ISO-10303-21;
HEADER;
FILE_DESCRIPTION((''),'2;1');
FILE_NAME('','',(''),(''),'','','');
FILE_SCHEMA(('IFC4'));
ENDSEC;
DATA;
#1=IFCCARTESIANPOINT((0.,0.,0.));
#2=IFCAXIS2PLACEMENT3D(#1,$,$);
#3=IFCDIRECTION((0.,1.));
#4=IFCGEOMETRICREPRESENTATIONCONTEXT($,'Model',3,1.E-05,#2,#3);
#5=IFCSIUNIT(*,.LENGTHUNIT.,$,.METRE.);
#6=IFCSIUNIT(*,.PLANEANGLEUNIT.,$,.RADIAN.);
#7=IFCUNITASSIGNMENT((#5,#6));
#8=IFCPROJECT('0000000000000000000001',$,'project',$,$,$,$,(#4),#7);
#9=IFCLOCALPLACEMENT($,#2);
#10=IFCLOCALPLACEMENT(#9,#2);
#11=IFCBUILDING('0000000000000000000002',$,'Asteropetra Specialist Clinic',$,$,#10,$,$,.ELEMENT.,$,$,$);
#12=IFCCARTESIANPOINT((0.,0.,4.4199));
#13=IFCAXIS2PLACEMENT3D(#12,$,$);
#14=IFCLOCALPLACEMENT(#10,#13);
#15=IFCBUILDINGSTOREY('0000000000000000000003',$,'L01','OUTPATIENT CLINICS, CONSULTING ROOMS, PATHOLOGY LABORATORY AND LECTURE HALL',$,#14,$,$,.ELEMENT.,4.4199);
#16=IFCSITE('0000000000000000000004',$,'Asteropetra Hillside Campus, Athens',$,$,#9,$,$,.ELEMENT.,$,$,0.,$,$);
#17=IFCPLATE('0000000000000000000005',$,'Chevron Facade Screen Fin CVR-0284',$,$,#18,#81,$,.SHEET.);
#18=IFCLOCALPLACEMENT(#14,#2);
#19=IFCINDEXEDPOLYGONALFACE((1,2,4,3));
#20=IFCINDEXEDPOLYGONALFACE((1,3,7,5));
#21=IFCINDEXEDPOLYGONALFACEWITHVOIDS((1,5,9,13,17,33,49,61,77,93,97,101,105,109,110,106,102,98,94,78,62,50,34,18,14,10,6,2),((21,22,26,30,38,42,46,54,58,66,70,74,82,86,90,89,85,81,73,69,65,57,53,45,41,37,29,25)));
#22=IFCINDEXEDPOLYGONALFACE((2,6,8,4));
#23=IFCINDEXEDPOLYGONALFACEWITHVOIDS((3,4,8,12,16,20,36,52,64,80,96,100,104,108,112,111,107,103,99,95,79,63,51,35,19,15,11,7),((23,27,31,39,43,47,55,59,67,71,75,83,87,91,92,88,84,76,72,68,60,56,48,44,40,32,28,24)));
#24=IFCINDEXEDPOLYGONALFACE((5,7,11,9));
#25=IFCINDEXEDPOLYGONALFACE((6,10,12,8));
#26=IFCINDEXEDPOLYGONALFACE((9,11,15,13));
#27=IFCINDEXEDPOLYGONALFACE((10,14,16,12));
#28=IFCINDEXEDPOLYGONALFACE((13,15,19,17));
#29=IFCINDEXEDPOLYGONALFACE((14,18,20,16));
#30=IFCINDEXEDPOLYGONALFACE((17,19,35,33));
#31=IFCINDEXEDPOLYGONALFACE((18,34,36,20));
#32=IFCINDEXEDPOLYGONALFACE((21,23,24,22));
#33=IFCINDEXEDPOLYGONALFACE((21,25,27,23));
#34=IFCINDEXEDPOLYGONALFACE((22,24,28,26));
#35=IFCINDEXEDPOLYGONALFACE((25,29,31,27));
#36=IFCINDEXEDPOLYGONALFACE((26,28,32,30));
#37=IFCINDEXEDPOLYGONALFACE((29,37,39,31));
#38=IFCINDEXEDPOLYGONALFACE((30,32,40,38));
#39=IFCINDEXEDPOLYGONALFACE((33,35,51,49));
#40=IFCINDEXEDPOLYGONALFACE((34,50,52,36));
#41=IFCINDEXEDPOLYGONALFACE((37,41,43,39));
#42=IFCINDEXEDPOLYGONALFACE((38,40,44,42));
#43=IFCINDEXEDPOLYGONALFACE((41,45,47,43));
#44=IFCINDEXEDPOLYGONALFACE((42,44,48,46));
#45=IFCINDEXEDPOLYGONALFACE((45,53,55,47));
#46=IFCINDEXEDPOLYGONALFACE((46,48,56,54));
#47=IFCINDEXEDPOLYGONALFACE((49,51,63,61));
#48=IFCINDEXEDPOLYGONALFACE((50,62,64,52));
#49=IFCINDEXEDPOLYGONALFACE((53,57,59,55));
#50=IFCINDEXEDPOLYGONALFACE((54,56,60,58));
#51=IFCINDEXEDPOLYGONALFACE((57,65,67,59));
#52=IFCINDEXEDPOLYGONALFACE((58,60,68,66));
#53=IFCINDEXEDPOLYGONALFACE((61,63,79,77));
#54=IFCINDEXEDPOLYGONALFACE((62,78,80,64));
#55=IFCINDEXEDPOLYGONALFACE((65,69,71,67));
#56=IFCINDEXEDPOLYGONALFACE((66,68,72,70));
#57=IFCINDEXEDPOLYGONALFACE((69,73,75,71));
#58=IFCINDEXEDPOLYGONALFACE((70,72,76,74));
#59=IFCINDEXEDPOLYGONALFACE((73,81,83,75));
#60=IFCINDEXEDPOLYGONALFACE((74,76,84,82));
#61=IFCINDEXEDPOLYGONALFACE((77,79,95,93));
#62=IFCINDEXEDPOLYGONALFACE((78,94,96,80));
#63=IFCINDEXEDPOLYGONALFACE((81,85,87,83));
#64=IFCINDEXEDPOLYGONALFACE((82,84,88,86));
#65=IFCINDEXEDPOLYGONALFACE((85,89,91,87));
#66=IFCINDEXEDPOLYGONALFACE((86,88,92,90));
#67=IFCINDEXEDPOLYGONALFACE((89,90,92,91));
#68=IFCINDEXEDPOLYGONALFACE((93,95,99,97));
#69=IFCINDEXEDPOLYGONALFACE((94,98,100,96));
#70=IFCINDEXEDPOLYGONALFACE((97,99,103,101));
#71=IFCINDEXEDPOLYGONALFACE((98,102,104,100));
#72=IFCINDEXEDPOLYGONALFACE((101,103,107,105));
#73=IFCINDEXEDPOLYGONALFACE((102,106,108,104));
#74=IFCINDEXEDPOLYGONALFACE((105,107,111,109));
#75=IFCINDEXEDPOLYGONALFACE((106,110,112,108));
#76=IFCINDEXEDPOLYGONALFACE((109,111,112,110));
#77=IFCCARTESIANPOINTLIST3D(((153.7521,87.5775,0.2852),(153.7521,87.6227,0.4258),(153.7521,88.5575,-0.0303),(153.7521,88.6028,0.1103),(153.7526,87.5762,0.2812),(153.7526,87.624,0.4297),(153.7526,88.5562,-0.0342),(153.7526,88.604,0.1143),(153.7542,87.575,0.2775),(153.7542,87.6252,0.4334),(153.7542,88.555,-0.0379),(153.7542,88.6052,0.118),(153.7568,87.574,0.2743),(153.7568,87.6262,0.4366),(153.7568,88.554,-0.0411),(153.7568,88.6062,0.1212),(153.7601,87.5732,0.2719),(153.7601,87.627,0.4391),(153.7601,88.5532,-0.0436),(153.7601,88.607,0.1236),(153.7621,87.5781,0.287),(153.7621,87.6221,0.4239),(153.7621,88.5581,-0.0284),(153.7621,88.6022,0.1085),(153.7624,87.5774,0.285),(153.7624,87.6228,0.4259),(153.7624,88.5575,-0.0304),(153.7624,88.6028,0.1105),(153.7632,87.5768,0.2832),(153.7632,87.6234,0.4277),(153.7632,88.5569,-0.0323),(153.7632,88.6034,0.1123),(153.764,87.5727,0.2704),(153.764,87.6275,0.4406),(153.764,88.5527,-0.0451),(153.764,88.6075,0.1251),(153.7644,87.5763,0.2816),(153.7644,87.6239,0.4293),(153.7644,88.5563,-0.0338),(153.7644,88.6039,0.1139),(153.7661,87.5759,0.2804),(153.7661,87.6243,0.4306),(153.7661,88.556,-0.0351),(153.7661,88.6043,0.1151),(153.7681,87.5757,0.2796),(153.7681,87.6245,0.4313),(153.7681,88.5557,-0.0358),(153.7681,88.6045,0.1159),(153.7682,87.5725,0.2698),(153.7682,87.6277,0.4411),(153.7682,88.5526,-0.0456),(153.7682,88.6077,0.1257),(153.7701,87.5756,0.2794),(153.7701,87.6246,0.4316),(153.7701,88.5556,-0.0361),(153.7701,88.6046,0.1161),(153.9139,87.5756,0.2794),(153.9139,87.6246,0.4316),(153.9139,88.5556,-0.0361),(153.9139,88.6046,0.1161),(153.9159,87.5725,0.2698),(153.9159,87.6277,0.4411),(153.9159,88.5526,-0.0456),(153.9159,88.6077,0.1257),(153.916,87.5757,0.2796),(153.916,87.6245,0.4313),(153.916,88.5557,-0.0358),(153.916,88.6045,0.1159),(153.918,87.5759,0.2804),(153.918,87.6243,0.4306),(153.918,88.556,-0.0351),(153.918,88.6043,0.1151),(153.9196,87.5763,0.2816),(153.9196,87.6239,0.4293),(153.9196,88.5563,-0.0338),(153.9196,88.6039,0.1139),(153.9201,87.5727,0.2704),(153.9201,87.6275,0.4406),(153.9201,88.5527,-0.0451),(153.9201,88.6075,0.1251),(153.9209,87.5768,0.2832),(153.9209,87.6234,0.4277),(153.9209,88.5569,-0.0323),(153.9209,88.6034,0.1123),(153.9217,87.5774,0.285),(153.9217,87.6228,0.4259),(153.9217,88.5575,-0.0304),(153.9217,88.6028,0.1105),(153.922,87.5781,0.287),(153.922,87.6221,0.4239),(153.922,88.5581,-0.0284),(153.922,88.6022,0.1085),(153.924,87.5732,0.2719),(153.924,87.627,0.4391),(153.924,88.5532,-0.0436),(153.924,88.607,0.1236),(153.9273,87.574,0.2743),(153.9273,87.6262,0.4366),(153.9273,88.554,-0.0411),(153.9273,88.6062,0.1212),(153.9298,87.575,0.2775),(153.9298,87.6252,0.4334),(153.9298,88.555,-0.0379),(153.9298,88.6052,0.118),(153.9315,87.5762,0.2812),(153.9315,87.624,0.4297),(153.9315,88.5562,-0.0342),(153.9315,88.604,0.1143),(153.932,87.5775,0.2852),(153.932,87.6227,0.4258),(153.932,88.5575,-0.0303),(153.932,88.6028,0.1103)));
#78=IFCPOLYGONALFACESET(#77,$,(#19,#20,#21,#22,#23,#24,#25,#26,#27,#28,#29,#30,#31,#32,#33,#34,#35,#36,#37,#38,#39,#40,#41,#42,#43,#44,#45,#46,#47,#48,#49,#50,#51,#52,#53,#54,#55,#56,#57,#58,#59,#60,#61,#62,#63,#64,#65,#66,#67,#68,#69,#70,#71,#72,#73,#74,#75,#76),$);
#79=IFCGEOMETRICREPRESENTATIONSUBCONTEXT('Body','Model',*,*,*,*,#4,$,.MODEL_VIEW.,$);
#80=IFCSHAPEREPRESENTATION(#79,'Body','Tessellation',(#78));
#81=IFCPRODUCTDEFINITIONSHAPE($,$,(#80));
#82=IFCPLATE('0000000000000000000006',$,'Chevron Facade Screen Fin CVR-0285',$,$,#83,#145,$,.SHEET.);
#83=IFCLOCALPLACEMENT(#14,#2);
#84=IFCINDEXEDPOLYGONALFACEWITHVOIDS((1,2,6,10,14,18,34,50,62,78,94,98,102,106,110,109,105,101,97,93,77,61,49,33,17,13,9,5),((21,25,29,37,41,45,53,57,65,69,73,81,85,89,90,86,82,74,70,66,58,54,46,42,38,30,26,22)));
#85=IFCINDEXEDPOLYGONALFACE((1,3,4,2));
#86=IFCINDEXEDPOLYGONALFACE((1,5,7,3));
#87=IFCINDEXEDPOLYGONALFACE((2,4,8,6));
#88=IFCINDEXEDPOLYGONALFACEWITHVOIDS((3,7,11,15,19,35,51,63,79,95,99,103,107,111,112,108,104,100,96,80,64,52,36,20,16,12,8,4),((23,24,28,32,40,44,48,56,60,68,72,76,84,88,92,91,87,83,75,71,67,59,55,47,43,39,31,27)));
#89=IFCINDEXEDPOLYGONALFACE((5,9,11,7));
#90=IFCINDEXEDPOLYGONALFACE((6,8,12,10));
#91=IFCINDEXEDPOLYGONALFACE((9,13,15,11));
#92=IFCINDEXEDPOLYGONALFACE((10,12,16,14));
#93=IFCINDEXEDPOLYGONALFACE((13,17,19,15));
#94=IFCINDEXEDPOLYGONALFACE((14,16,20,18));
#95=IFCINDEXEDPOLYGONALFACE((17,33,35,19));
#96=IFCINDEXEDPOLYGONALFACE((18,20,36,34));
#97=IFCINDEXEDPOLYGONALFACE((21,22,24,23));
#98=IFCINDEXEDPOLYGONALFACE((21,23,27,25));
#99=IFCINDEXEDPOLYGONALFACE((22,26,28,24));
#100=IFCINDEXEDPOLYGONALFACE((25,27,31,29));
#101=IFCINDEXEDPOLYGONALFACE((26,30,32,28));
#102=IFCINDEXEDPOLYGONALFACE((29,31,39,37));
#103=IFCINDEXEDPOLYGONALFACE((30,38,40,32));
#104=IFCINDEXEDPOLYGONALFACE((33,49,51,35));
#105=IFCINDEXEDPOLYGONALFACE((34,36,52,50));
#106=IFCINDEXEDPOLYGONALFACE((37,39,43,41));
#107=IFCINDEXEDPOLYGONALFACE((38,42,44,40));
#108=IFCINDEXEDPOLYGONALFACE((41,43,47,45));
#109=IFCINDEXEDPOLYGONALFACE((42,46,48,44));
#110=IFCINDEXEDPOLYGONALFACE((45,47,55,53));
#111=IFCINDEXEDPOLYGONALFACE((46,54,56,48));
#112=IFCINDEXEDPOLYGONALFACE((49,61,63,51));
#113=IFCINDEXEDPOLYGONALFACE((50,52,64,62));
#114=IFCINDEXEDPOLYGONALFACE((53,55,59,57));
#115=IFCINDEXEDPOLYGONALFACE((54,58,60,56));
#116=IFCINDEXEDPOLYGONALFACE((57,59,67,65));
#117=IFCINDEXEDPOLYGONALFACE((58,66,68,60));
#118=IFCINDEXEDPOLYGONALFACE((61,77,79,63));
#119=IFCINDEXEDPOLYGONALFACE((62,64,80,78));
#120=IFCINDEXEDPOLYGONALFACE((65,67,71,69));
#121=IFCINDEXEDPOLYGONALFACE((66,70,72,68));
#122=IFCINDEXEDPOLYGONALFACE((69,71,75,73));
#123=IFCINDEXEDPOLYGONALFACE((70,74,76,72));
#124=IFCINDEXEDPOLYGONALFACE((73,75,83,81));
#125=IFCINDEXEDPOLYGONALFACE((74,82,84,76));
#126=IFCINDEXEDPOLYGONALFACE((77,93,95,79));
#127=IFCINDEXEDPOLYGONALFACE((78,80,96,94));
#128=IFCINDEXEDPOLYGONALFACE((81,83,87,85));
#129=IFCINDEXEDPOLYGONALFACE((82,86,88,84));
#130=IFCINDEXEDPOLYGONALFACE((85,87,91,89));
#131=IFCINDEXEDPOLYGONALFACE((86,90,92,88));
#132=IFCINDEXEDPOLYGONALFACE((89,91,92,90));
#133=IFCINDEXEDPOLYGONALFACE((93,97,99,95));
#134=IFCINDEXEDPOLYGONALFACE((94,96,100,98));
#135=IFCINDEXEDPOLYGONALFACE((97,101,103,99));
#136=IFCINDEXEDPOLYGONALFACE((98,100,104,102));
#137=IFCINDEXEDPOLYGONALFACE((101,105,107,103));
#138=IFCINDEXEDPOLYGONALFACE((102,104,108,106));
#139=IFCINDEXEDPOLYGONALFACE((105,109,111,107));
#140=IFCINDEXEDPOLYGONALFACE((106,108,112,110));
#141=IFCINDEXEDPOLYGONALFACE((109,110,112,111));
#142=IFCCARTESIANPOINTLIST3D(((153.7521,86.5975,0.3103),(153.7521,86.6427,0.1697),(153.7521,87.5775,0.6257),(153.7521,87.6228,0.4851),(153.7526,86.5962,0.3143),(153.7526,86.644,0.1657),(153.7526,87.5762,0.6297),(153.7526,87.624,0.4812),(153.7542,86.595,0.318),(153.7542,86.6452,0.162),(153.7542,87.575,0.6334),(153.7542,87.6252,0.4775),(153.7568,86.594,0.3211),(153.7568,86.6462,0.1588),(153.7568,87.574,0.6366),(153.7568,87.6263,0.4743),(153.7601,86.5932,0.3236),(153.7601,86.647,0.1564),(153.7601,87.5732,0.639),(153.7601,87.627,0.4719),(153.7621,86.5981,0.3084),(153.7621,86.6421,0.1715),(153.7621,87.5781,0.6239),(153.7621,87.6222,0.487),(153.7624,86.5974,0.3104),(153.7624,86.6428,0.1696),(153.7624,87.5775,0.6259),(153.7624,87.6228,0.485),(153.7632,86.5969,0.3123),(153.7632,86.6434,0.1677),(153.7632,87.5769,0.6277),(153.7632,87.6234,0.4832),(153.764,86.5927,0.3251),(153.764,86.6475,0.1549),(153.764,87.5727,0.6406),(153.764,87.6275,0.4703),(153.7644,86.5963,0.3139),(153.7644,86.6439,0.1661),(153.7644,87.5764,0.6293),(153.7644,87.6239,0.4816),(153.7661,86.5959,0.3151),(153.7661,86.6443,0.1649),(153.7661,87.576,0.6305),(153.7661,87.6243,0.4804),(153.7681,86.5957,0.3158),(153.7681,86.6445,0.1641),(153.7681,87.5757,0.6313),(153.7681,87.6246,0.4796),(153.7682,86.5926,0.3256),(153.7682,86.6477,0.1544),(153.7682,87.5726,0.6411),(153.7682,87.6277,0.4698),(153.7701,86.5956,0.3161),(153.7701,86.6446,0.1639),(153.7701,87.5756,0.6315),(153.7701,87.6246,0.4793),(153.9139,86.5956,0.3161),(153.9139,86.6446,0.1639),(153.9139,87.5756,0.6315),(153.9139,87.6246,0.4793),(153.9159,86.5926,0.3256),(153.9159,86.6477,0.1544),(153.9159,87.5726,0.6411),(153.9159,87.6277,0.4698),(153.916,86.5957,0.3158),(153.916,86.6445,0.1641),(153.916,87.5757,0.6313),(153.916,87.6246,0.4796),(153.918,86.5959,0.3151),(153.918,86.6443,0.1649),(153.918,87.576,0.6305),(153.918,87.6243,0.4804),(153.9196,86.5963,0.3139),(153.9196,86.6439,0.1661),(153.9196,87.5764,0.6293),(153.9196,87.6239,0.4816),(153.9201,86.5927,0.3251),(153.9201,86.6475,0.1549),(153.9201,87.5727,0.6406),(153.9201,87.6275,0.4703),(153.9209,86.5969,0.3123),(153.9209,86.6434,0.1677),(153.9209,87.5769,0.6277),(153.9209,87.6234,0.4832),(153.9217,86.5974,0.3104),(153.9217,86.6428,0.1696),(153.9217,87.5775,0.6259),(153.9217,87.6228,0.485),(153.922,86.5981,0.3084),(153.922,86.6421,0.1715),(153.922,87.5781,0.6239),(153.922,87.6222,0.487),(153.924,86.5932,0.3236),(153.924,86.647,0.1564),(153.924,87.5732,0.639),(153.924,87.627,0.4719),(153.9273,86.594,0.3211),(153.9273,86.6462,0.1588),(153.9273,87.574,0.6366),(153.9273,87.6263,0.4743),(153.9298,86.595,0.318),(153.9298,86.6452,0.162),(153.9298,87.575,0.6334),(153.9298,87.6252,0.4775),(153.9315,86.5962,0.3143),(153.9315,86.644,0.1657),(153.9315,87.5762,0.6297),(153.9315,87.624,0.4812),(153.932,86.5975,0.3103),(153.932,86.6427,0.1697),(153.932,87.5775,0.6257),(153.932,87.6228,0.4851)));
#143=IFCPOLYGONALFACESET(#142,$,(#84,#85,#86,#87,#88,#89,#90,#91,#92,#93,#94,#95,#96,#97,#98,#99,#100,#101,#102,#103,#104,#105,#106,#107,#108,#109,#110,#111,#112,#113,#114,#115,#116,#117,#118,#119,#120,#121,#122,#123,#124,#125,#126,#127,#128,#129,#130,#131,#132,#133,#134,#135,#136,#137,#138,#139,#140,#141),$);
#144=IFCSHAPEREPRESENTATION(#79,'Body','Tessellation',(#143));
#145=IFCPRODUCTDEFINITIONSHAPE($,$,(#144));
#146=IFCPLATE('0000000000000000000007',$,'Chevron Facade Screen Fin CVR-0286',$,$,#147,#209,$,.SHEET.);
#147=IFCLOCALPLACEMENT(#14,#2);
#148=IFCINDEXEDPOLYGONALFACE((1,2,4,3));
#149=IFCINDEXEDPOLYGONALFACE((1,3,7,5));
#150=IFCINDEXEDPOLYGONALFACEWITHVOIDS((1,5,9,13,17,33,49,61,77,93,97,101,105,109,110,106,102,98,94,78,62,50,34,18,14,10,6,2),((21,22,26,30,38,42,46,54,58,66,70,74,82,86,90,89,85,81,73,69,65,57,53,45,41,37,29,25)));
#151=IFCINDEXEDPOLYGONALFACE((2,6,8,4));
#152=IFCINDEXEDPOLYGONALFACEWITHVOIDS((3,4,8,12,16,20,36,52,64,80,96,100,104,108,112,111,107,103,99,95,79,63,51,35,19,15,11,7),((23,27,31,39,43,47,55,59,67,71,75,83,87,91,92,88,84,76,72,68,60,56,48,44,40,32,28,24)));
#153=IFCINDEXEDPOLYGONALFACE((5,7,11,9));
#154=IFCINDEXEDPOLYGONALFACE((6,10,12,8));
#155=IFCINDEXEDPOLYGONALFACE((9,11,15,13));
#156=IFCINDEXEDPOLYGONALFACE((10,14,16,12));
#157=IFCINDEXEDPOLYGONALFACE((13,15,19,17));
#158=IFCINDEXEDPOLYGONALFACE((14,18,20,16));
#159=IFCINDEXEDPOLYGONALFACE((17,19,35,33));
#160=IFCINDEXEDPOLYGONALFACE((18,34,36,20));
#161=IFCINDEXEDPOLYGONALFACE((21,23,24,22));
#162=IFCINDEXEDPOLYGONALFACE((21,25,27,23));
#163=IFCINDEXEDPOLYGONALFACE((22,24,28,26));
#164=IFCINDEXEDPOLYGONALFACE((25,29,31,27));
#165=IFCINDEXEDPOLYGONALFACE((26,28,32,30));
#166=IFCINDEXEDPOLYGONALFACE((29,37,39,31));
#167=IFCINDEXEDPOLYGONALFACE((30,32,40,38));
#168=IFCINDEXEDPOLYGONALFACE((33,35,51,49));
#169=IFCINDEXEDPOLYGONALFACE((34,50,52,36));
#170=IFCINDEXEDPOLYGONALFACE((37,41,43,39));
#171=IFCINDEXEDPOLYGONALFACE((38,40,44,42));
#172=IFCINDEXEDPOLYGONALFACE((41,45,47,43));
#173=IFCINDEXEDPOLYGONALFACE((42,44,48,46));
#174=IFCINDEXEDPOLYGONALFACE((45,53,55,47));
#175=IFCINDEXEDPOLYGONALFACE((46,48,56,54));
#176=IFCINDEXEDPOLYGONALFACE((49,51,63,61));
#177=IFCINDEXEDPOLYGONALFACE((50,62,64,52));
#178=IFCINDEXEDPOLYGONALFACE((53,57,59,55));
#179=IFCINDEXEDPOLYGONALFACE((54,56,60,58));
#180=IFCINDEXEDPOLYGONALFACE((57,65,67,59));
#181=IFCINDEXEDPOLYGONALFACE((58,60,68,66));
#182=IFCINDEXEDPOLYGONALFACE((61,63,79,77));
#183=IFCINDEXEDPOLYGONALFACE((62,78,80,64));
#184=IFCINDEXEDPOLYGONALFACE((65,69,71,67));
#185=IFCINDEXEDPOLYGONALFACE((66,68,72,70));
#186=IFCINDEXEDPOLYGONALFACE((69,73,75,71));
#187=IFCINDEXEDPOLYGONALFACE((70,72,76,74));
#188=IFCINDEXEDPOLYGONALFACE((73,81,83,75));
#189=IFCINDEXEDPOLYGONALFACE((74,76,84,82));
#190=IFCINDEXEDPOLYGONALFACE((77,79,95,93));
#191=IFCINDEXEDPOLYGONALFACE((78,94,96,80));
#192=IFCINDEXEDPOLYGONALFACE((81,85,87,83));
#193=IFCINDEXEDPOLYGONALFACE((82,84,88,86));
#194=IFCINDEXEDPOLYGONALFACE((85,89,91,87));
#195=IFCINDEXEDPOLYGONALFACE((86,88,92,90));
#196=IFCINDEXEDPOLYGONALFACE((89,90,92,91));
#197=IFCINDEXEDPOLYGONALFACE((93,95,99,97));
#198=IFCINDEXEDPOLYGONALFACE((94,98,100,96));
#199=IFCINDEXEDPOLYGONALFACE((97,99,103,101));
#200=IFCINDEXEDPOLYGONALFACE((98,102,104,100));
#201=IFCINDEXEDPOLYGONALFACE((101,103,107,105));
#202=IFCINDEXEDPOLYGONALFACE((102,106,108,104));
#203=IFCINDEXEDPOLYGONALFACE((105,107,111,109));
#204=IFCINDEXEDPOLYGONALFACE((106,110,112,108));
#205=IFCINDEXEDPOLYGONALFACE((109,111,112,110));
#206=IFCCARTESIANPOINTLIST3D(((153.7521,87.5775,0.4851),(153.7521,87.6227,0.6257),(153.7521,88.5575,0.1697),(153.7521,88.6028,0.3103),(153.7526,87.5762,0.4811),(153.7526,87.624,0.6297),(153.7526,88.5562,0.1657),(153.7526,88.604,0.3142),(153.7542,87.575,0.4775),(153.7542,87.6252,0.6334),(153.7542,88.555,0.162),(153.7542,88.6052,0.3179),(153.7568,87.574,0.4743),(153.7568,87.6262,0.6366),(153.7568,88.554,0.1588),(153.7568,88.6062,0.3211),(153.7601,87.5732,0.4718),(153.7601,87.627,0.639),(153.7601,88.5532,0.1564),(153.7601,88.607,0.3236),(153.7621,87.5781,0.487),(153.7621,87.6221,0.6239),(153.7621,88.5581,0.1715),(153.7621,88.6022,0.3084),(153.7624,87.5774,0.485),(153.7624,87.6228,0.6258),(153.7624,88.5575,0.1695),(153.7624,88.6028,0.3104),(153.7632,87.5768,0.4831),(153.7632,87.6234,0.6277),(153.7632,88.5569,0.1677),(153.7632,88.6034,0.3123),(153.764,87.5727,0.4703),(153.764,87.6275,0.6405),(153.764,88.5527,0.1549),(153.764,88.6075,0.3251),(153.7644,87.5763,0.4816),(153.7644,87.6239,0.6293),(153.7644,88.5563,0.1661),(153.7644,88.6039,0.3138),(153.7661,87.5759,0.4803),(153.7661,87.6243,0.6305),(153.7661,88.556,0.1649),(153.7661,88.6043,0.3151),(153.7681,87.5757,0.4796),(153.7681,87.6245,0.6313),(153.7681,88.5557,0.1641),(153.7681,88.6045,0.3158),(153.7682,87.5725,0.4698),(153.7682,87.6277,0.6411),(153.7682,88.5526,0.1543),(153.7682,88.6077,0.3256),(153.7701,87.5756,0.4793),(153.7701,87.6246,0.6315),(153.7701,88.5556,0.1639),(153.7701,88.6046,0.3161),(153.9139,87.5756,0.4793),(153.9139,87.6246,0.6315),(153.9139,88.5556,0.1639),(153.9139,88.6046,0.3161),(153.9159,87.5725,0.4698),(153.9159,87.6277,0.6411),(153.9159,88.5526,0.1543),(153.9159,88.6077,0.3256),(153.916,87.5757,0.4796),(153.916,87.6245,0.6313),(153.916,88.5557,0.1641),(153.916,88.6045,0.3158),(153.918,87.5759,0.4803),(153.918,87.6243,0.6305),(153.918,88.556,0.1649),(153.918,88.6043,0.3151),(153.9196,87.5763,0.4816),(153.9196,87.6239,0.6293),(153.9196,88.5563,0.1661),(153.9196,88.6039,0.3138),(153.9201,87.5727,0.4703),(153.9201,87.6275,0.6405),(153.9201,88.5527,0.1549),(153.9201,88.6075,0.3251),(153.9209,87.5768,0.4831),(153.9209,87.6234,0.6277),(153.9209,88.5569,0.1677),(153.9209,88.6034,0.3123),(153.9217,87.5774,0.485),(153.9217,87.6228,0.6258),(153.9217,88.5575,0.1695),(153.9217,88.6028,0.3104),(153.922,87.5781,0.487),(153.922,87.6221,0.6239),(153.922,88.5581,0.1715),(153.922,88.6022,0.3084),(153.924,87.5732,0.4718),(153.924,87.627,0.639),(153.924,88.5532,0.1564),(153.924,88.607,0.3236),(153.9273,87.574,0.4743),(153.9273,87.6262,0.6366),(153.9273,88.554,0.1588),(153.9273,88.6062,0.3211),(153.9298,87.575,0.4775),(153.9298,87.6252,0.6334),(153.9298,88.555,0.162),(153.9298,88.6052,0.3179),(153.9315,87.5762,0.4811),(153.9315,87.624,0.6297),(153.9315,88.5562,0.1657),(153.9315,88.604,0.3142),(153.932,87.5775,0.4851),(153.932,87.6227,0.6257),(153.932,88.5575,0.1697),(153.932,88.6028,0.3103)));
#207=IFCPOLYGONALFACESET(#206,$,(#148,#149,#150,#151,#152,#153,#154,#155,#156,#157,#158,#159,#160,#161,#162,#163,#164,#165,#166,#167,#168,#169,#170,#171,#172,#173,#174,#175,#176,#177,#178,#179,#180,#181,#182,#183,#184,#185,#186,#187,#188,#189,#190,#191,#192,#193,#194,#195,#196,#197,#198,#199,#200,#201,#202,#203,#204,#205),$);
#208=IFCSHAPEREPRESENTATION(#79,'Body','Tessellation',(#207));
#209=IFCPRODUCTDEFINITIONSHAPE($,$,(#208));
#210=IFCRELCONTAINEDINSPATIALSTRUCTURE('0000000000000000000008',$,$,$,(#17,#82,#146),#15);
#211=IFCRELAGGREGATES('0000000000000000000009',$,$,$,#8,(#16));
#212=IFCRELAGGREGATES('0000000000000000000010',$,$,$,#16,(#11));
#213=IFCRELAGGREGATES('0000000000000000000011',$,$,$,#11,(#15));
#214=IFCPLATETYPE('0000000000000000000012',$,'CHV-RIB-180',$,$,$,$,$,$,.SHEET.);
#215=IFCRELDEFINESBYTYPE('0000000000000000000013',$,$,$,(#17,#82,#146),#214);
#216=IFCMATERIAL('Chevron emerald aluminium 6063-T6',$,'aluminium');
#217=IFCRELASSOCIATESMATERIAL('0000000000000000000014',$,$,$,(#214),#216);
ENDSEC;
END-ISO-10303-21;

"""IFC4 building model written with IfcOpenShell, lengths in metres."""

from ifc_helpers import new_model, si_unit, direction, frame, origin, origin_2d, place, context, subcontext, project, spatial, hollow_rectangle, extrude, material, material_profile, profile_set, type_object, element, save


model = new_model("IFC4")

# Units and contexts
model_context = context("Model", 3, precision=1e-05, world=origin(), true_north=direction((0.0, 1.0)))
body_context = subcontext(model_context, "Body", "Model", "MODEL_VIEW")
ifc_project = project(units=[si_unit("LENGTHUNIT", "METRE"), si_unit("PLANEANGLEUNIT", "RADIAN")], contexts=[model_context])

# Site, building, storey
site_placement = place(None, origin())
site = spatial("IfcSite", under=ifc_project, at=site_placement, Name="Asteropetra Hillside Campus, Athens", CompositionType="ELEMENT", RefElevation=0.0)
building_placement = place(site_placement, origin())
building = spatial("IfcBuilding", under=site, at=building_placement, Name="Asteropetra Specialist Clinic", CompositionType="ELEMENT")
storey_placement = place(building_placement, frame((0.0, 0.0, 4.4199)))
storey = spatial("IfcBuildingStorey", under=building, at=storey_placement, Name="L01", Description="OUTPATIENT CLINICS, CONSULTING ROOMS, PATHOLOGY LABORATORY AND LECTURE HALL", CompositionType="ELEMENT", Elevation=4.4199)

# Plates
ifc_material = material(Name="Chevron emerald aluminium 6063-T6", Category="aluminium")
ifc_material_profile = material_profile(ifc_material, hollow_rectangle(XDim=0.1799, YDim=0.1799, WallThickness=0.01, InnerFilletRadius=0.0081, OuterFilletRadius=0.0161, at=origin_2d()), Name="SHS 180x180x10.0")
ifc_profile_set = profile_set([ifc_material_profile], Name="Chevron emerald aluminium 6063-T6")
plate_type = type_object("IfcPlateType", Name="CHV-RIB-180", PredefinedType="SHEET", material=ifc_profile_set)
for number, where, z_axis, x_axis, name in (
    (1, (153.842, 87.6001, 0.3555), (0.0, 0.951905, -0.306393), (-1.0, 0.0, 0.0), "Chevron Facade Screen Fin CVR-0284"),
    (2, (153.842, 86.6201, 0.24), (0.0, 0.951905, 0.306393), (-1.0, 0.0, 0.0), "Chevron Facade Screen Fin CVR-0285"),
    (3, (153.842, 87.6001, 0.5554), (0.0, 0.951905, -0.306393), (-1.0, 0.0, 0.0), "Chevron Facade Screen Fin CVR-0286"),
):
    element("IfcPlate", number, at=place(storey_placement, frame(where, z_axis=z_axis, x_axis=x_axis)), inside=storey, type_object=plate_type, Name=name, PredefinedType="SHEET", context=body_context, shape_type="SweptSolid", body=[
        extrude(hollow_rectangle(XDim=0.1799, YDim=0.1799, WallThickness=0.01, InnerFilletRadius=0.0081, OuterFilletRadius=0.0161, at=origin_2d()), origin(), (0.0, 0.0, 1.0), 1.0295),
    ])

save(model, "model.ifc")
